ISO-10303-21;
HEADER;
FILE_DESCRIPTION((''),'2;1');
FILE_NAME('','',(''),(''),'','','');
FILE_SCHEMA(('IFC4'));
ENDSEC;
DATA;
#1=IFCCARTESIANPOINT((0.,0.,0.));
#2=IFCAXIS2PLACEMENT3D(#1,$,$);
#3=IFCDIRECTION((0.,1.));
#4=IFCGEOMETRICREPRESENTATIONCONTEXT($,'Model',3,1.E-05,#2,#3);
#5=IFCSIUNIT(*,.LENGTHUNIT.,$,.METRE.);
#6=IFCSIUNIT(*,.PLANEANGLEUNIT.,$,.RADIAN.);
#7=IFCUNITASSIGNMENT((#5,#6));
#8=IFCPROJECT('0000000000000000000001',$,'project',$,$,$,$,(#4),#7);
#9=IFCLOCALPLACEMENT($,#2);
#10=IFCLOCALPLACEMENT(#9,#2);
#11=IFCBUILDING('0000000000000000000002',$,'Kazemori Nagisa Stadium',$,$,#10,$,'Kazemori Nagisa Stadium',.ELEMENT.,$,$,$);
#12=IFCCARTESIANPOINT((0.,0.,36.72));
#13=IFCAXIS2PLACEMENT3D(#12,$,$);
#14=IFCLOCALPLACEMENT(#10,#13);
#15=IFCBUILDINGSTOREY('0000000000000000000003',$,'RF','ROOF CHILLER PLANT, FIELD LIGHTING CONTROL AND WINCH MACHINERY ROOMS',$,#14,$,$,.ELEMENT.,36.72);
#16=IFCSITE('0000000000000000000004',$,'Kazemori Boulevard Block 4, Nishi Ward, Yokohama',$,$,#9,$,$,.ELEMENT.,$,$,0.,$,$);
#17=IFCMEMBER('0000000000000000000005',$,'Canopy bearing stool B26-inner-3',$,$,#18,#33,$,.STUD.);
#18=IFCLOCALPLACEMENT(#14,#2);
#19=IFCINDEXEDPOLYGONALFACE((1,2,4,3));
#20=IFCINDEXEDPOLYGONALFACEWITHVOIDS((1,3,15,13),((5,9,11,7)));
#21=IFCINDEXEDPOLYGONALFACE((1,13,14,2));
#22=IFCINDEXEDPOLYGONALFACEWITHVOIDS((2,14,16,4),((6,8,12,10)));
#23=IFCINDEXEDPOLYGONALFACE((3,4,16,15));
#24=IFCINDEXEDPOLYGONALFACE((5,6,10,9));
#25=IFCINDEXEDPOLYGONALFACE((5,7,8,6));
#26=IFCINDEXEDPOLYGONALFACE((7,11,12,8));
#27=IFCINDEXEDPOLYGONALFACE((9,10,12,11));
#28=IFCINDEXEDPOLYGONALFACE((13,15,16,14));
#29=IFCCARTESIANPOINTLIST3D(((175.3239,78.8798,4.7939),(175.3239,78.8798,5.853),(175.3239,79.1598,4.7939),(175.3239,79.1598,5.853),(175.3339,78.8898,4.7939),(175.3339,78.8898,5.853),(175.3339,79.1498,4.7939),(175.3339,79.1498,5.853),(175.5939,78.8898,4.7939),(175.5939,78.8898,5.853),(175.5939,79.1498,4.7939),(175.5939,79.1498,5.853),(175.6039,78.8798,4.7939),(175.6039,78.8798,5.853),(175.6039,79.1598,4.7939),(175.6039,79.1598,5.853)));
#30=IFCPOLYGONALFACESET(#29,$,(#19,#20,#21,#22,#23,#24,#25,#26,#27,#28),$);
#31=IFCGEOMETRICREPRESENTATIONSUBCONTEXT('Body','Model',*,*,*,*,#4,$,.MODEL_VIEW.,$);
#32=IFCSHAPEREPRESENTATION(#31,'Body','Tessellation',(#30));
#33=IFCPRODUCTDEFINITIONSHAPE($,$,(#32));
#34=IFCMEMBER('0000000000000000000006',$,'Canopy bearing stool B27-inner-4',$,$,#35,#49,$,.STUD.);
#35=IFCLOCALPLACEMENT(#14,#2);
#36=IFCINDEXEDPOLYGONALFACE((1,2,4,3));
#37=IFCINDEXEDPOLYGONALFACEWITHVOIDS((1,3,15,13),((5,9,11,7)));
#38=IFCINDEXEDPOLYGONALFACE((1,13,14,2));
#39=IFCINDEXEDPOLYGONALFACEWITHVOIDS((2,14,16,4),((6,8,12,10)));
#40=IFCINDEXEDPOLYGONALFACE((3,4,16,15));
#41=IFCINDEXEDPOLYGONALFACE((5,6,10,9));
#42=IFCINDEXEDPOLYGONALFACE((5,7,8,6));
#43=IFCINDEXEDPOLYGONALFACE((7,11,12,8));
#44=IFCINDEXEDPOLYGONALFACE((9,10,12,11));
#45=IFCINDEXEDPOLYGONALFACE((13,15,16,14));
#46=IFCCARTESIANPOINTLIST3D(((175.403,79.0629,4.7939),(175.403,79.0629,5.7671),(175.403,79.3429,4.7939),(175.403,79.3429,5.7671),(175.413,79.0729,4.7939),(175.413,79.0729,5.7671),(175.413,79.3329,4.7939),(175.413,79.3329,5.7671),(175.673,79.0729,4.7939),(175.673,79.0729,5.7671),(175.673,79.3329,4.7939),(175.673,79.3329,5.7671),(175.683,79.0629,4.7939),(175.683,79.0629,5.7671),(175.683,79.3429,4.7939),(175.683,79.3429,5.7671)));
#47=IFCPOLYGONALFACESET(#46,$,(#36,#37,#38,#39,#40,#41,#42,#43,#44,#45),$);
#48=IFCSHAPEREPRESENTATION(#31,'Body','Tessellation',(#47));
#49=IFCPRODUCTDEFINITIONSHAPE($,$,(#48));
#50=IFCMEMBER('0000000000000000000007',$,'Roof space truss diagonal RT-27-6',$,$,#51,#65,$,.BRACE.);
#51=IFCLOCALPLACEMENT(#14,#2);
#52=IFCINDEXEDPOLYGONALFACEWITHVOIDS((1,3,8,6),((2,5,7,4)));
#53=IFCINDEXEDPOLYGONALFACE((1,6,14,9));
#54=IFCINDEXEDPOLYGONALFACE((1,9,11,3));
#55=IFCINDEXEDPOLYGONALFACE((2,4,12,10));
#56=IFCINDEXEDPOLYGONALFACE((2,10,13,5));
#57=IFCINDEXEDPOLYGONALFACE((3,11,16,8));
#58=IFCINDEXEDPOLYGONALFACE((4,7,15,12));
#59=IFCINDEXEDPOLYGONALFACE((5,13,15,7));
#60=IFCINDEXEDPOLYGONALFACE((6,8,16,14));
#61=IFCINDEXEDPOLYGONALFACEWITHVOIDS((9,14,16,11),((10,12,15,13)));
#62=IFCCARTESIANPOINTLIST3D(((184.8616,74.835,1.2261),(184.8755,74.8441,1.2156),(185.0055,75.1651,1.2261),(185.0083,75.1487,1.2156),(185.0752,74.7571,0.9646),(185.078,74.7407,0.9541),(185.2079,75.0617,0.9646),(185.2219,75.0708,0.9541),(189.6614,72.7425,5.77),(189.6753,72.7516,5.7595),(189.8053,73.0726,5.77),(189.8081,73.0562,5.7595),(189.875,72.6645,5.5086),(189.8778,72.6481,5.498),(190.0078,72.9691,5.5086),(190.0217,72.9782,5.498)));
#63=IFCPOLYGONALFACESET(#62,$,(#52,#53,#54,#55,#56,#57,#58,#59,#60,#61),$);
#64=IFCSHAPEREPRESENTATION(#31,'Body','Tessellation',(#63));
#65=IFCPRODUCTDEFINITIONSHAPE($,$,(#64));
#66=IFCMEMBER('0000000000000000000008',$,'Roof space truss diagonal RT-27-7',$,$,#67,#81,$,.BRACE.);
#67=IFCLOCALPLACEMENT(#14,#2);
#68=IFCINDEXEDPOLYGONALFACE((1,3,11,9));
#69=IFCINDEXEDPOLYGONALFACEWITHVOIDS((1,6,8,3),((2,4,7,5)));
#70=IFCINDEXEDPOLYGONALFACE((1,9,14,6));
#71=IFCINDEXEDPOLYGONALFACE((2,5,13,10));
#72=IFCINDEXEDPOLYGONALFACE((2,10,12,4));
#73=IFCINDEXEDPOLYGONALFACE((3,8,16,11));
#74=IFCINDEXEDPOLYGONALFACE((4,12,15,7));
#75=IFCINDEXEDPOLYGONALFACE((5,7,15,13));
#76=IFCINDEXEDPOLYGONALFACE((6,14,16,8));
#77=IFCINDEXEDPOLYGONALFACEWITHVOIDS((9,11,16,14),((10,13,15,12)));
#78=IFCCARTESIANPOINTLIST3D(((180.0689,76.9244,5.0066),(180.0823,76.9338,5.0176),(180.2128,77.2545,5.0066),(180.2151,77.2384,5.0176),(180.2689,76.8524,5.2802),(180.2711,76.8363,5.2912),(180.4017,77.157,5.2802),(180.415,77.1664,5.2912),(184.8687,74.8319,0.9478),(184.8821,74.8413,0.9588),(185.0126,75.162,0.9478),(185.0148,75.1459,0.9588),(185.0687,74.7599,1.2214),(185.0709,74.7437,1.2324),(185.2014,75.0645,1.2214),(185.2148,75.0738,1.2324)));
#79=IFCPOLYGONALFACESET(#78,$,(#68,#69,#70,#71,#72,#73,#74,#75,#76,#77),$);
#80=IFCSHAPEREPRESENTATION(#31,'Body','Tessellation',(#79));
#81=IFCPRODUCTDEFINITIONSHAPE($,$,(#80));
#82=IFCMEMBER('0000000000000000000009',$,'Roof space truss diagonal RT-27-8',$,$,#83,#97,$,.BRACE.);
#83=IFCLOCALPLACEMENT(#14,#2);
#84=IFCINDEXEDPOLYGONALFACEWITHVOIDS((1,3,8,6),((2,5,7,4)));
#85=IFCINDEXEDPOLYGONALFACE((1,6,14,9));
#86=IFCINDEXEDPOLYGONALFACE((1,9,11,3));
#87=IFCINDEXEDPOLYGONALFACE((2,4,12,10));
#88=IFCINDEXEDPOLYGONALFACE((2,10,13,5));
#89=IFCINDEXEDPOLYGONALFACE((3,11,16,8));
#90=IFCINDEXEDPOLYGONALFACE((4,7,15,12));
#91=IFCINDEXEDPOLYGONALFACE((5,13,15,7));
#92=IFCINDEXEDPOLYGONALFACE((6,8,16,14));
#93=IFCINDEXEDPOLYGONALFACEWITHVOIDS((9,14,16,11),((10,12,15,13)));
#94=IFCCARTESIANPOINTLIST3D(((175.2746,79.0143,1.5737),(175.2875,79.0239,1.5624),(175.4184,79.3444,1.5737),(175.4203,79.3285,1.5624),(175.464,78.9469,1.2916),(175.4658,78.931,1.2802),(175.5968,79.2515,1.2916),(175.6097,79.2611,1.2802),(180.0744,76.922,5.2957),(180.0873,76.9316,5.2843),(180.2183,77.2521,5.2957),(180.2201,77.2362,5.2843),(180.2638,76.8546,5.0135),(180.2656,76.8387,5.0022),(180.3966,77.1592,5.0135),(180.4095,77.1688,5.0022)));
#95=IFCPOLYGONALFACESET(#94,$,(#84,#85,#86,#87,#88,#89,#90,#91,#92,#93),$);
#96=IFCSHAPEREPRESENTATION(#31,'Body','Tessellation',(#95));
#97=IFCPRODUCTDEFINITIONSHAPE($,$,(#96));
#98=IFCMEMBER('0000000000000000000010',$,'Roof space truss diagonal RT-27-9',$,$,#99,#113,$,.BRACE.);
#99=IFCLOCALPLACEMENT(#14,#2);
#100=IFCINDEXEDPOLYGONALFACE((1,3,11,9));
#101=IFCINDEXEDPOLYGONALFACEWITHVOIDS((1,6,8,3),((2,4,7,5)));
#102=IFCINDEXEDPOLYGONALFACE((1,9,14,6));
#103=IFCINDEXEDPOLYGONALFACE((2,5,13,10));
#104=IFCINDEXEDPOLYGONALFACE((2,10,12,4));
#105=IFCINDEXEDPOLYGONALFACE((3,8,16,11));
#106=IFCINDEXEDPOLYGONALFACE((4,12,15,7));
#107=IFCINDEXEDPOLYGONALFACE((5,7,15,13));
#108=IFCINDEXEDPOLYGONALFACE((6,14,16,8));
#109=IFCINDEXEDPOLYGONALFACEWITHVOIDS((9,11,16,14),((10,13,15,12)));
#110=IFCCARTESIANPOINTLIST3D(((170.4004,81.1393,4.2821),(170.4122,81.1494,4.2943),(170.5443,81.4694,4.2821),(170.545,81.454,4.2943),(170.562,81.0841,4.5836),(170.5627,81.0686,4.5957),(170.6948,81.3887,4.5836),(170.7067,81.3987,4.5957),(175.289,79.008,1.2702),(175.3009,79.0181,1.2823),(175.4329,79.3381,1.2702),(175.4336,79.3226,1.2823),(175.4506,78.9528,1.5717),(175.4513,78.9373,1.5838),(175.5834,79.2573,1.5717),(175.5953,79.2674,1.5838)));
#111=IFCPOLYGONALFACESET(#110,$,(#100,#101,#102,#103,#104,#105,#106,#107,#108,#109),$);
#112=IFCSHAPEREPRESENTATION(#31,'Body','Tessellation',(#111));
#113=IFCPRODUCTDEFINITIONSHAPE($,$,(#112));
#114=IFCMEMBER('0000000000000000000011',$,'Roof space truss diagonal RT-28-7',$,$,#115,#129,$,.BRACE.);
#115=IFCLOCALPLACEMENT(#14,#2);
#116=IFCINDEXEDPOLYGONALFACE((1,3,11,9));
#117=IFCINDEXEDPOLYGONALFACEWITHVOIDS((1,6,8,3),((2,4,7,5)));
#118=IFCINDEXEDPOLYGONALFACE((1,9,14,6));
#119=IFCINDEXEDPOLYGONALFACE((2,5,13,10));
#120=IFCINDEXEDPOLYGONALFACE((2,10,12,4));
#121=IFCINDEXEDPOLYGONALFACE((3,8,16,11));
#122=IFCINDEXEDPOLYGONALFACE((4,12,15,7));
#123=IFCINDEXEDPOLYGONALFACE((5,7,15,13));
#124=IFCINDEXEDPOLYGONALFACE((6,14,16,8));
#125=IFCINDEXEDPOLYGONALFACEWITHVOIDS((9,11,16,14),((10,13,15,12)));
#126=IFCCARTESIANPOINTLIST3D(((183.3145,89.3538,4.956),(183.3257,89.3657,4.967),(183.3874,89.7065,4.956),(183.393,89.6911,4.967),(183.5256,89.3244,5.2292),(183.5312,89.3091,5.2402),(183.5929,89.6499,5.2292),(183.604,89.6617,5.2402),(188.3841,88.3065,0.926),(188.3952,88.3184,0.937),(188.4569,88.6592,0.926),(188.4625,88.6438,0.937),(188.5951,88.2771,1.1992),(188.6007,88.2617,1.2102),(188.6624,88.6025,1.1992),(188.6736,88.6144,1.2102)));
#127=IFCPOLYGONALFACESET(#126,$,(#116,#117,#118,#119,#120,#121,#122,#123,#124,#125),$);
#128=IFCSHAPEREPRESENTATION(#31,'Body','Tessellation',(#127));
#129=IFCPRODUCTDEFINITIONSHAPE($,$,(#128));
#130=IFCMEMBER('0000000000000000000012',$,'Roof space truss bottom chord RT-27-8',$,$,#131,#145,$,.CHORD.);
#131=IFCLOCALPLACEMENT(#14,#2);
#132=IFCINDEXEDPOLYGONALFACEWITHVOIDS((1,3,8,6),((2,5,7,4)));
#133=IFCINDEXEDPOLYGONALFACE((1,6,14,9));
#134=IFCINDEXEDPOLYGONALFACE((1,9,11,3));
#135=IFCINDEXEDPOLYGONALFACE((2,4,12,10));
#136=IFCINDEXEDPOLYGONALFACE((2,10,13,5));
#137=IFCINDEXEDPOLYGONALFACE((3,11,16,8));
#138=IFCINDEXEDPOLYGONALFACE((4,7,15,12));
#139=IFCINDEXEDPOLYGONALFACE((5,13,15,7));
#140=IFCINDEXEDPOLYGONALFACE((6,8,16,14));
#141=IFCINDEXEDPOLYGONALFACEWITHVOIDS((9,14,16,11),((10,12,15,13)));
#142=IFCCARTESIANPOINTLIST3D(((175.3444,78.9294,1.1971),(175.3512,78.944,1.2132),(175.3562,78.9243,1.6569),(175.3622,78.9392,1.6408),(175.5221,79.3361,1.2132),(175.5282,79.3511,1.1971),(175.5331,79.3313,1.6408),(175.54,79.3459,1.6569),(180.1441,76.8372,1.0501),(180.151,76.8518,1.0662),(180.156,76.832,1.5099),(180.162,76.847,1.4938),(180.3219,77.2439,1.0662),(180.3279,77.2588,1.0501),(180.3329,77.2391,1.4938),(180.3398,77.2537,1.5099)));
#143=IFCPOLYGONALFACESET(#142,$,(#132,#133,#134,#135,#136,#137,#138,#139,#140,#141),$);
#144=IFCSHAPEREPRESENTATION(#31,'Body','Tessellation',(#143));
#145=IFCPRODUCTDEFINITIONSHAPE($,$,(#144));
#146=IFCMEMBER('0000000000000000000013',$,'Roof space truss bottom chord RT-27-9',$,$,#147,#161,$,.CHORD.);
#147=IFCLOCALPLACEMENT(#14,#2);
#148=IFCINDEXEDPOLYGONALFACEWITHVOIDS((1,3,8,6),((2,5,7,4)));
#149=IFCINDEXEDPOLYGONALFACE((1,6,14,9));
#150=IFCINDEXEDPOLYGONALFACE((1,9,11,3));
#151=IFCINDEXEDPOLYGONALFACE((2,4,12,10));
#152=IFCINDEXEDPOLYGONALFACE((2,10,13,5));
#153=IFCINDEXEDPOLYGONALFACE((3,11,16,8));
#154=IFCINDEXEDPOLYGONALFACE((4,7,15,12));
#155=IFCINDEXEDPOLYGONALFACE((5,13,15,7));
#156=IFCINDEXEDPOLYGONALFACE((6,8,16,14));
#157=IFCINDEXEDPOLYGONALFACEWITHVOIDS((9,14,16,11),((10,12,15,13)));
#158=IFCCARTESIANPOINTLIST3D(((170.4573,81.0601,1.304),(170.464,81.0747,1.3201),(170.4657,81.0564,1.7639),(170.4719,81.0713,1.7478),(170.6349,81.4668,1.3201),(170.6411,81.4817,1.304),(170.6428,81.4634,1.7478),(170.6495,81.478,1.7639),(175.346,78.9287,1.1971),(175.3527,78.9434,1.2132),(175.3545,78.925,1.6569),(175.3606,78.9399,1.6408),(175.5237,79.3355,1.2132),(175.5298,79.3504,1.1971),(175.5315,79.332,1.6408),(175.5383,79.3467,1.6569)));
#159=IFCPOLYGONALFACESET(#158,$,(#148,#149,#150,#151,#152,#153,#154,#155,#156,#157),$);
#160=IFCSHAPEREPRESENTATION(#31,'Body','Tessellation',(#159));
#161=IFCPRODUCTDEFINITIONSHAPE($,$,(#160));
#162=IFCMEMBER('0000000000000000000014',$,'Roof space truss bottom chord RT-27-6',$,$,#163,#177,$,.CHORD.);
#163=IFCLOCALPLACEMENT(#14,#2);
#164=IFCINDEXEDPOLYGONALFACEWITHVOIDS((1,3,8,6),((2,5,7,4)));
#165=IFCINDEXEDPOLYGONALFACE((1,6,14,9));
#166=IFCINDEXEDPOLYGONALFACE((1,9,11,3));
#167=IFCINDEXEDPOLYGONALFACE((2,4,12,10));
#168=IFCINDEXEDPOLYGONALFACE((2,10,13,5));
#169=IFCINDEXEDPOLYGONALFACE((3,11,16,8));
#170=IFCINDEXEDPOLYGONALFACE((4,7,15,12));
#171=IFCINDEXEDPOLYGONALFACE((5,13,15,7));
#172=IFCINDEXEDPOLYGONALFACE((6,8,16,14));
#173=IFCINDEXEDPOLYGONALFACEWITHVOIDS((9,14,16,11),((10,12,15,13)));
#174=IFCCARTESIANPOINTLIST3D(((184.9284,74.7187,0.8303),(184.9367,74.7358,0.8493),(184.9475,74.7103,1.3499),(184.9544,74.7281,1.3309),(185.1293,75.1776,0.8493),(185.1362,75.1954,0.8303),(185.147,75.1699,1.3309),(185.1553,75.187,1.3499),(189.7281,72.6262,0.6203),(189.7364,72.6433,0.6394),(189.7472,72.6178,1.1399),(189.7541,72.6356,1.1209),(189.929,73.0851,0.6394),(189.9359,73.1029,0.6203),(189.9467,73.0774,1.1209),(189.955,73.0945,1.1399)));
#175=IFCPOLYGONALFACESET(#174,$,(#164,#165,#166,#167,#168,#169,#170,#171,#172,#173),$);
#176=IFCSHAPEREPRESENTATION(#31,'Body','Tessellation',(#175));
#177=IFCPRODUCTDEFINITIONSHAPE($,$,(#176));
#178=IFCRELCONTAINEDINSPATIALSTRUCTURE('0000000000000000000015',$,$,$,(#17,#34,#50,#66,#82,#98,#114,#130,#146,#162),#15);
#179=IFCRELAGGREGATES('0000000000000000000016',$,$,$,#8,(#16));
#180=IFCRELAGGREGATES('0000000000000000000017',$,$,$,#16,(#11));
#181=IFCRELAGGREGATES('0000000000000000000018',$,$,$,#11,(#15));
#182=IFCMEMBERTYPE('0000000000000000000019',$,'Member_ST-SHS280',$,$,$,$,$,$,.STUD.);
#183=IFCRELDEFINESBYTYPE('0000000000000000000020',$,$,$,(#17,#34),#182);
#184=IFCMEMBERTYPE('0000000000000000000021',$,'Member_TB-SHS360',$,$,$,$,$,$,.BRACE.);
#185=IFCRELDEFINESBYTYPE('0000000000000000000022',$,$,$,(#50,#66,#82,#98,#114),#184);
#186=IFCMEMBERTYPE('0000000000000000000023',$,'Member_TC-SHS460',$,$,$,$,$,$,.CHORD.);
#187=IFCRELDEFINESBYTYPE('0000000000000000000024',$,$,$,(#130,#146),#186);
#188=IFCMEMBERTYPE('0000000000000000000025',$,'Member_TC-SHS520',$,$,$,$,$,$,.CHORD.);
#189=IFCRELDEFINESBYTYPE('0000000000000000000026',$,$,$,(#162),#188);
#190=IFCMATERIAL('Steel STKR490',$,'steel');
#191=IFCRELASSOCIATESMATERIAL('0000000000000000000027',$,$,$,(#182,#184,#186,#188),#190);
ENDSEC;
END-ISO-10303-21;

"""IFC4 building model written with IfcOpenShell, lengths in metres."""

from ifc_helpers import new_model, si_unit, direction, frame, origin, origin_2d, place, context, subcontext, project, spatial, hollow_rectangle, extrude, material, material_profile, profile_set, type_object, element, save


model = new_model("IFC4")

# Units and contexts
model_context = context("Model", 3, precision=1e-05, world=origin(), true_north=direction((0.0, 1.0)))
body_context = subcontext(model_context, "Body", "Model", "MODEL_VIEW")
ifc_project = project(units=[si_unit("LENGTHUNIT", "METRE"), si_unit("PLANEANGLEUNIT", "RADIAN")], contexts=[model_context])

# Site, building, storey
site_placement = place(None, origin())
site = spatial("IfcSite", under=ifc_project, at=site_placement, Name="Kazemori Boulevard Block 4, Nishi Ward, Yokohama", CompositionType="ELEMENT", RefElevation=0.0)
building_placement = place(site_placement, origin())
building = spatial("IfcBuilding", under=site, at=building_placement, Name="Kazemori Nagisa Stadium", LongName="Kazemori Nagisa Stadium", CompositionType="ELEMENT")
storey_placement = place(building_placement, frame((0.0, 0.0, 36.72)))
storey = spatial("IfcBuildingStorey", under=building, at=storey_placement, Name="RF", Description="ROOF CHILLER PLANT, FIELD LIGHTING CONTROL AND WINCH MACHINERY ROOMS", CompositionType="ELEMENT", Elevation=36.72)

# Members
ifc_material_1 = material(Name="Steel STKR490", Category="steel")
ifc_material_profile_1 = material_profile(ifc_material_1, hollow_rectangle(XDim=0.28, YDim=0.28, WallThickness=0.01, at=origin_2d()), Name="SHS-280x280x10")
ifc_profile_set_1 = profile_set([ifc_material_profile_1], Name="Steel STKR490")
member_type_1 = type_object("IfcMemberType", Name="Member_ST-SHS280", PredefinedType="STUD", material=ifc_profile_set_1)
member_1_placement = place(storey_placement, frame((175.4639, 79.0198, 4.7939), z_axis=(0.0, 0.0, 1.0), x_axis=(1.0, 0.0, 0.0)))
element("IfcMember", 1, at=member_1_placement, inside=storey, type_object=member_type_1, Name="Canopy bearing stool B26-inner-3", PredefinedType="STUD", context=body_context, shape_type="SweptSolid", body=[
    extrude(hollow_rectangle(XDim=0.28, YDim=0.28, WallThickness=0.01, at=origin_2d()), origin(), (0.0, 0.0, 1.0), 1.0591),
])
member_2_placement = place(storey_placement, frame((175.543, 79.2029, 4.7939), z_axis=(0.0, 0.0, 1.0), x_axis=(1.0, 0.0, 0.0)))
element("IfcMember", 2, at=member_2_placement, inside=storey, type_object=member_type_1, Name="Canopy bearing stool B27-inner-4", PredefinedType="STUD", context=body_context, shape_type="SweptSolid", body=[
    extrude(hollow_rectangle(XDim=0.28, YDim=0.28, WallThickness=0.01, at=origin_2d()), origin(), (0.0, 0.0, 1.0), 0.9731),
])
ifc_material_profile_2 = material_profile(ifc_material_1, hollow_rectangle(XDim=0.3601, YDim=0.3601, WallThickness=0.0139, at=origin_2d()), Name="SHS-360x360x14")
ifc_profile_set_2 = profile_set([ifc_material_profile_2], Name="Steel STKR490")
member_type_2 = type_object("IfcMemberType", Name="Member_TB-SHS360", PredefinedType="BRACE", material=ifc_profile_set_2)
member_3_placement = place(storey_placement, frame((189.8416, 72.8604, 5.634), z_axis=(-0.692329, 0.301829, -0.655424), x_axis=(-0.399635, -0.916675, 0.0)))
element("IfcMember", 3, at=member_3_placement, inside=storey, type_object=member_type_2, Name="Roof space truss diagonal RT-27-6", PredefinedType="BRACE", context=body_context, shape_type="SweptSolid", body=[
    extrude(hollow_rectangle(XDim=0.3601, YDim=0.3601, WallThickness=0.0139, at=origin_2d()), origin(), (0.0, 0.0, 1.0), 6.9329),
])
member_4_placement = place(storey_placement, frame((185.0417, 74.9529, 1.0901), z_axis=(-0.724496, 0.315852, 0.612652), x_axis=(-0.399635, -0.916675, 0.0)))
element("IfcMember", 4, at=member_4_placement, inside=storey, type_object=member_type_2, Name="Roof space truss diagonal RT-27-7", PredefinedType="BRACE", context=body_context, shape_type="SweptSolid", body=[
    extrude(hollow_rectangle(XDim=0.3601, YDim=0.3601, WallThickness=0.0139, at=origin_2d()), origin(), (0.0, 0.0, 1.0), 6.625),
])
member_5_placement = place(storey_placement, frame((180.2419, 77.0454, 5.1489), z_axis=(-0.747161, 0.325695, -0.579373), x_axis=(-0.399595, -0.916692, 0.0)))
element("IfcMember", 5, at=member_5_placement, inside=storey, type_object=member_type_2, Name="Roof space truss diagonal RT-27-8", PredefinedType="BRACE", context=body_context, shape_type="SweptSolid", body=[
    extrude(hollow_rectangle(XDim=0.3601, YDim=0.3601, WallThickness=0.0139, at=origin_2d()), origin(), (0.0, 0.0, 1.0), 6.4241),
])
member_6_placement = place(storey_placement, frame((175.4421, 79.1377, 1.427), z_axis=(-0.798171, 0.347984, 0.491762), x_axis=(-0.399647, -0.916669, 0.0)))
element("IfcMember", 6, at=member_6_placement, inside=storey, type_object=member_type_2, Name="Roof space truss diagonal RT-27-9", PredefinedType="BRACE", context=body_context, shape_type="SweptSolid", body=[
    extrude(hollow_rectangle(XDim=0.3601, YDim=0.3601, WallThickness=0.0139, at=origin_2d()), origin(), (0.0, 0.0, 1.0), 6.1248),
])
member_7_placement = place(storey_placement, frame((188.5288, 88.4604, 1.0681), z_axis=(-0.772756, 0.159649, 0.614297), x_axis=(-0.202325, -0.979318, 0.0)))
element("IfcMember", 7, at=member_7_placement, inside=storey, type_object=member_type_2, Name="Roof space truss diagonal RT-28-7", PredefinedType="BRACE", context=body_context, shape_type="SweptSolid", body=[
    extrude(hollow_rectangle(XDim=0.3601, YDim=0.3601, WallThickness=0.0139, at=origin_2d()), origin(), (0.0, 0.0, 1.0), 6.5603),
])
ifc_material_profile_3 = material_profile(ifc_material_1, hollow_rectangle(XDim=0.46, YDim=0.46, WallThickness=0.0161, at=origin_2d()), Name="SHS-460x460x16")
ifc_profile_set_3 = profile_set([ifc_material_profile_3], Name="Steel STKR490")
member_type_3 = type_object("IfcMemberType", Name="Member_TC-SHS460", PredefinedType="CHORD", material=ifc_profile_set_3)
member_8_placement = place(storey_placement, frame((180.2419, 77.0454, 1.28), z_axis=(-0.916331, 0.399438, 0.028059), x_axis=(-0.399595, -0.916692, 0.0)))
element("IfcMember", 8, at=member_8_placement, inside=storey, type_object=member_type_3, Name="Roof space truss bottom chord RT-27-8", PredefinedType="CHORD", context=body_context, shape_type="SweptSolid", body=[
    extrude(hollow_rectangle(XDim=0.46, YDim=0.46, WallThickness=0.0161, at=origin_2d()), origin(), (0.0, 0.0, 1.0), 5.238),
])
member_9_placement = place(storey_placement, frame((175.4421, 79.1377, 1.427), z_axis=(-0.916485, 0.399566, 0.020047), x_axis=(-0.399647, -0.916669, 0.0)))
element("IfcMember", 9, at=member_9_placement, inside=storey, type_object=member_type_3, Name="Roof space truss bottom chord RT-27-9", PredefinedType="CHORD", context=body_context, shape_type="SweptSolid", body=[
    extrude(hollow_rectangle(XDim=0.46, YDim=0.46, WallThickness=0.0161, at=origin_2d()), origin(), (0.0, 0.0, 1.0), 5.3342),
])
ifc_material_profile_4 = material_profile(ifc_material_1, hollow_rectangle(XDim=0.52, YDim=0.52, WallThickness=0.019, at=origin_2d()), Name="SHS-520x520x19")
ifc_profile_set_4 = profile_set([ifc_material_profile_4], Name="Steel STKR490")
member_type_4 = type_object("IfcMemberType", Name="Member_TC-SHS520", PredefinedType="CHORD", material=ifc_profile_set_4)
member_10_placement = place(storey_placement, frame((189.8416, 72.8604, 0.8801), z_axis=(-0.915938, 0.399314, 0.040066), x_axis=(-0.399635, -0.916675, 0.0)))
element("IfcMember", 10, at=member_10_placement, inside=storey, type_object=member_type_4, Name="Roof space truss bottom chord RT-27-6", PredefinedType="CHORD", context=body_context, shape_type="SweptSolid", body=[
    extrude(hollow_rectangle(XDim=0.52, YDim=0.52, WallThickness=0.019, at=origin_2d()), origin(), (0.0, 0.0, 1.0), 5.2402),
])

save(model, "model.ifc")
